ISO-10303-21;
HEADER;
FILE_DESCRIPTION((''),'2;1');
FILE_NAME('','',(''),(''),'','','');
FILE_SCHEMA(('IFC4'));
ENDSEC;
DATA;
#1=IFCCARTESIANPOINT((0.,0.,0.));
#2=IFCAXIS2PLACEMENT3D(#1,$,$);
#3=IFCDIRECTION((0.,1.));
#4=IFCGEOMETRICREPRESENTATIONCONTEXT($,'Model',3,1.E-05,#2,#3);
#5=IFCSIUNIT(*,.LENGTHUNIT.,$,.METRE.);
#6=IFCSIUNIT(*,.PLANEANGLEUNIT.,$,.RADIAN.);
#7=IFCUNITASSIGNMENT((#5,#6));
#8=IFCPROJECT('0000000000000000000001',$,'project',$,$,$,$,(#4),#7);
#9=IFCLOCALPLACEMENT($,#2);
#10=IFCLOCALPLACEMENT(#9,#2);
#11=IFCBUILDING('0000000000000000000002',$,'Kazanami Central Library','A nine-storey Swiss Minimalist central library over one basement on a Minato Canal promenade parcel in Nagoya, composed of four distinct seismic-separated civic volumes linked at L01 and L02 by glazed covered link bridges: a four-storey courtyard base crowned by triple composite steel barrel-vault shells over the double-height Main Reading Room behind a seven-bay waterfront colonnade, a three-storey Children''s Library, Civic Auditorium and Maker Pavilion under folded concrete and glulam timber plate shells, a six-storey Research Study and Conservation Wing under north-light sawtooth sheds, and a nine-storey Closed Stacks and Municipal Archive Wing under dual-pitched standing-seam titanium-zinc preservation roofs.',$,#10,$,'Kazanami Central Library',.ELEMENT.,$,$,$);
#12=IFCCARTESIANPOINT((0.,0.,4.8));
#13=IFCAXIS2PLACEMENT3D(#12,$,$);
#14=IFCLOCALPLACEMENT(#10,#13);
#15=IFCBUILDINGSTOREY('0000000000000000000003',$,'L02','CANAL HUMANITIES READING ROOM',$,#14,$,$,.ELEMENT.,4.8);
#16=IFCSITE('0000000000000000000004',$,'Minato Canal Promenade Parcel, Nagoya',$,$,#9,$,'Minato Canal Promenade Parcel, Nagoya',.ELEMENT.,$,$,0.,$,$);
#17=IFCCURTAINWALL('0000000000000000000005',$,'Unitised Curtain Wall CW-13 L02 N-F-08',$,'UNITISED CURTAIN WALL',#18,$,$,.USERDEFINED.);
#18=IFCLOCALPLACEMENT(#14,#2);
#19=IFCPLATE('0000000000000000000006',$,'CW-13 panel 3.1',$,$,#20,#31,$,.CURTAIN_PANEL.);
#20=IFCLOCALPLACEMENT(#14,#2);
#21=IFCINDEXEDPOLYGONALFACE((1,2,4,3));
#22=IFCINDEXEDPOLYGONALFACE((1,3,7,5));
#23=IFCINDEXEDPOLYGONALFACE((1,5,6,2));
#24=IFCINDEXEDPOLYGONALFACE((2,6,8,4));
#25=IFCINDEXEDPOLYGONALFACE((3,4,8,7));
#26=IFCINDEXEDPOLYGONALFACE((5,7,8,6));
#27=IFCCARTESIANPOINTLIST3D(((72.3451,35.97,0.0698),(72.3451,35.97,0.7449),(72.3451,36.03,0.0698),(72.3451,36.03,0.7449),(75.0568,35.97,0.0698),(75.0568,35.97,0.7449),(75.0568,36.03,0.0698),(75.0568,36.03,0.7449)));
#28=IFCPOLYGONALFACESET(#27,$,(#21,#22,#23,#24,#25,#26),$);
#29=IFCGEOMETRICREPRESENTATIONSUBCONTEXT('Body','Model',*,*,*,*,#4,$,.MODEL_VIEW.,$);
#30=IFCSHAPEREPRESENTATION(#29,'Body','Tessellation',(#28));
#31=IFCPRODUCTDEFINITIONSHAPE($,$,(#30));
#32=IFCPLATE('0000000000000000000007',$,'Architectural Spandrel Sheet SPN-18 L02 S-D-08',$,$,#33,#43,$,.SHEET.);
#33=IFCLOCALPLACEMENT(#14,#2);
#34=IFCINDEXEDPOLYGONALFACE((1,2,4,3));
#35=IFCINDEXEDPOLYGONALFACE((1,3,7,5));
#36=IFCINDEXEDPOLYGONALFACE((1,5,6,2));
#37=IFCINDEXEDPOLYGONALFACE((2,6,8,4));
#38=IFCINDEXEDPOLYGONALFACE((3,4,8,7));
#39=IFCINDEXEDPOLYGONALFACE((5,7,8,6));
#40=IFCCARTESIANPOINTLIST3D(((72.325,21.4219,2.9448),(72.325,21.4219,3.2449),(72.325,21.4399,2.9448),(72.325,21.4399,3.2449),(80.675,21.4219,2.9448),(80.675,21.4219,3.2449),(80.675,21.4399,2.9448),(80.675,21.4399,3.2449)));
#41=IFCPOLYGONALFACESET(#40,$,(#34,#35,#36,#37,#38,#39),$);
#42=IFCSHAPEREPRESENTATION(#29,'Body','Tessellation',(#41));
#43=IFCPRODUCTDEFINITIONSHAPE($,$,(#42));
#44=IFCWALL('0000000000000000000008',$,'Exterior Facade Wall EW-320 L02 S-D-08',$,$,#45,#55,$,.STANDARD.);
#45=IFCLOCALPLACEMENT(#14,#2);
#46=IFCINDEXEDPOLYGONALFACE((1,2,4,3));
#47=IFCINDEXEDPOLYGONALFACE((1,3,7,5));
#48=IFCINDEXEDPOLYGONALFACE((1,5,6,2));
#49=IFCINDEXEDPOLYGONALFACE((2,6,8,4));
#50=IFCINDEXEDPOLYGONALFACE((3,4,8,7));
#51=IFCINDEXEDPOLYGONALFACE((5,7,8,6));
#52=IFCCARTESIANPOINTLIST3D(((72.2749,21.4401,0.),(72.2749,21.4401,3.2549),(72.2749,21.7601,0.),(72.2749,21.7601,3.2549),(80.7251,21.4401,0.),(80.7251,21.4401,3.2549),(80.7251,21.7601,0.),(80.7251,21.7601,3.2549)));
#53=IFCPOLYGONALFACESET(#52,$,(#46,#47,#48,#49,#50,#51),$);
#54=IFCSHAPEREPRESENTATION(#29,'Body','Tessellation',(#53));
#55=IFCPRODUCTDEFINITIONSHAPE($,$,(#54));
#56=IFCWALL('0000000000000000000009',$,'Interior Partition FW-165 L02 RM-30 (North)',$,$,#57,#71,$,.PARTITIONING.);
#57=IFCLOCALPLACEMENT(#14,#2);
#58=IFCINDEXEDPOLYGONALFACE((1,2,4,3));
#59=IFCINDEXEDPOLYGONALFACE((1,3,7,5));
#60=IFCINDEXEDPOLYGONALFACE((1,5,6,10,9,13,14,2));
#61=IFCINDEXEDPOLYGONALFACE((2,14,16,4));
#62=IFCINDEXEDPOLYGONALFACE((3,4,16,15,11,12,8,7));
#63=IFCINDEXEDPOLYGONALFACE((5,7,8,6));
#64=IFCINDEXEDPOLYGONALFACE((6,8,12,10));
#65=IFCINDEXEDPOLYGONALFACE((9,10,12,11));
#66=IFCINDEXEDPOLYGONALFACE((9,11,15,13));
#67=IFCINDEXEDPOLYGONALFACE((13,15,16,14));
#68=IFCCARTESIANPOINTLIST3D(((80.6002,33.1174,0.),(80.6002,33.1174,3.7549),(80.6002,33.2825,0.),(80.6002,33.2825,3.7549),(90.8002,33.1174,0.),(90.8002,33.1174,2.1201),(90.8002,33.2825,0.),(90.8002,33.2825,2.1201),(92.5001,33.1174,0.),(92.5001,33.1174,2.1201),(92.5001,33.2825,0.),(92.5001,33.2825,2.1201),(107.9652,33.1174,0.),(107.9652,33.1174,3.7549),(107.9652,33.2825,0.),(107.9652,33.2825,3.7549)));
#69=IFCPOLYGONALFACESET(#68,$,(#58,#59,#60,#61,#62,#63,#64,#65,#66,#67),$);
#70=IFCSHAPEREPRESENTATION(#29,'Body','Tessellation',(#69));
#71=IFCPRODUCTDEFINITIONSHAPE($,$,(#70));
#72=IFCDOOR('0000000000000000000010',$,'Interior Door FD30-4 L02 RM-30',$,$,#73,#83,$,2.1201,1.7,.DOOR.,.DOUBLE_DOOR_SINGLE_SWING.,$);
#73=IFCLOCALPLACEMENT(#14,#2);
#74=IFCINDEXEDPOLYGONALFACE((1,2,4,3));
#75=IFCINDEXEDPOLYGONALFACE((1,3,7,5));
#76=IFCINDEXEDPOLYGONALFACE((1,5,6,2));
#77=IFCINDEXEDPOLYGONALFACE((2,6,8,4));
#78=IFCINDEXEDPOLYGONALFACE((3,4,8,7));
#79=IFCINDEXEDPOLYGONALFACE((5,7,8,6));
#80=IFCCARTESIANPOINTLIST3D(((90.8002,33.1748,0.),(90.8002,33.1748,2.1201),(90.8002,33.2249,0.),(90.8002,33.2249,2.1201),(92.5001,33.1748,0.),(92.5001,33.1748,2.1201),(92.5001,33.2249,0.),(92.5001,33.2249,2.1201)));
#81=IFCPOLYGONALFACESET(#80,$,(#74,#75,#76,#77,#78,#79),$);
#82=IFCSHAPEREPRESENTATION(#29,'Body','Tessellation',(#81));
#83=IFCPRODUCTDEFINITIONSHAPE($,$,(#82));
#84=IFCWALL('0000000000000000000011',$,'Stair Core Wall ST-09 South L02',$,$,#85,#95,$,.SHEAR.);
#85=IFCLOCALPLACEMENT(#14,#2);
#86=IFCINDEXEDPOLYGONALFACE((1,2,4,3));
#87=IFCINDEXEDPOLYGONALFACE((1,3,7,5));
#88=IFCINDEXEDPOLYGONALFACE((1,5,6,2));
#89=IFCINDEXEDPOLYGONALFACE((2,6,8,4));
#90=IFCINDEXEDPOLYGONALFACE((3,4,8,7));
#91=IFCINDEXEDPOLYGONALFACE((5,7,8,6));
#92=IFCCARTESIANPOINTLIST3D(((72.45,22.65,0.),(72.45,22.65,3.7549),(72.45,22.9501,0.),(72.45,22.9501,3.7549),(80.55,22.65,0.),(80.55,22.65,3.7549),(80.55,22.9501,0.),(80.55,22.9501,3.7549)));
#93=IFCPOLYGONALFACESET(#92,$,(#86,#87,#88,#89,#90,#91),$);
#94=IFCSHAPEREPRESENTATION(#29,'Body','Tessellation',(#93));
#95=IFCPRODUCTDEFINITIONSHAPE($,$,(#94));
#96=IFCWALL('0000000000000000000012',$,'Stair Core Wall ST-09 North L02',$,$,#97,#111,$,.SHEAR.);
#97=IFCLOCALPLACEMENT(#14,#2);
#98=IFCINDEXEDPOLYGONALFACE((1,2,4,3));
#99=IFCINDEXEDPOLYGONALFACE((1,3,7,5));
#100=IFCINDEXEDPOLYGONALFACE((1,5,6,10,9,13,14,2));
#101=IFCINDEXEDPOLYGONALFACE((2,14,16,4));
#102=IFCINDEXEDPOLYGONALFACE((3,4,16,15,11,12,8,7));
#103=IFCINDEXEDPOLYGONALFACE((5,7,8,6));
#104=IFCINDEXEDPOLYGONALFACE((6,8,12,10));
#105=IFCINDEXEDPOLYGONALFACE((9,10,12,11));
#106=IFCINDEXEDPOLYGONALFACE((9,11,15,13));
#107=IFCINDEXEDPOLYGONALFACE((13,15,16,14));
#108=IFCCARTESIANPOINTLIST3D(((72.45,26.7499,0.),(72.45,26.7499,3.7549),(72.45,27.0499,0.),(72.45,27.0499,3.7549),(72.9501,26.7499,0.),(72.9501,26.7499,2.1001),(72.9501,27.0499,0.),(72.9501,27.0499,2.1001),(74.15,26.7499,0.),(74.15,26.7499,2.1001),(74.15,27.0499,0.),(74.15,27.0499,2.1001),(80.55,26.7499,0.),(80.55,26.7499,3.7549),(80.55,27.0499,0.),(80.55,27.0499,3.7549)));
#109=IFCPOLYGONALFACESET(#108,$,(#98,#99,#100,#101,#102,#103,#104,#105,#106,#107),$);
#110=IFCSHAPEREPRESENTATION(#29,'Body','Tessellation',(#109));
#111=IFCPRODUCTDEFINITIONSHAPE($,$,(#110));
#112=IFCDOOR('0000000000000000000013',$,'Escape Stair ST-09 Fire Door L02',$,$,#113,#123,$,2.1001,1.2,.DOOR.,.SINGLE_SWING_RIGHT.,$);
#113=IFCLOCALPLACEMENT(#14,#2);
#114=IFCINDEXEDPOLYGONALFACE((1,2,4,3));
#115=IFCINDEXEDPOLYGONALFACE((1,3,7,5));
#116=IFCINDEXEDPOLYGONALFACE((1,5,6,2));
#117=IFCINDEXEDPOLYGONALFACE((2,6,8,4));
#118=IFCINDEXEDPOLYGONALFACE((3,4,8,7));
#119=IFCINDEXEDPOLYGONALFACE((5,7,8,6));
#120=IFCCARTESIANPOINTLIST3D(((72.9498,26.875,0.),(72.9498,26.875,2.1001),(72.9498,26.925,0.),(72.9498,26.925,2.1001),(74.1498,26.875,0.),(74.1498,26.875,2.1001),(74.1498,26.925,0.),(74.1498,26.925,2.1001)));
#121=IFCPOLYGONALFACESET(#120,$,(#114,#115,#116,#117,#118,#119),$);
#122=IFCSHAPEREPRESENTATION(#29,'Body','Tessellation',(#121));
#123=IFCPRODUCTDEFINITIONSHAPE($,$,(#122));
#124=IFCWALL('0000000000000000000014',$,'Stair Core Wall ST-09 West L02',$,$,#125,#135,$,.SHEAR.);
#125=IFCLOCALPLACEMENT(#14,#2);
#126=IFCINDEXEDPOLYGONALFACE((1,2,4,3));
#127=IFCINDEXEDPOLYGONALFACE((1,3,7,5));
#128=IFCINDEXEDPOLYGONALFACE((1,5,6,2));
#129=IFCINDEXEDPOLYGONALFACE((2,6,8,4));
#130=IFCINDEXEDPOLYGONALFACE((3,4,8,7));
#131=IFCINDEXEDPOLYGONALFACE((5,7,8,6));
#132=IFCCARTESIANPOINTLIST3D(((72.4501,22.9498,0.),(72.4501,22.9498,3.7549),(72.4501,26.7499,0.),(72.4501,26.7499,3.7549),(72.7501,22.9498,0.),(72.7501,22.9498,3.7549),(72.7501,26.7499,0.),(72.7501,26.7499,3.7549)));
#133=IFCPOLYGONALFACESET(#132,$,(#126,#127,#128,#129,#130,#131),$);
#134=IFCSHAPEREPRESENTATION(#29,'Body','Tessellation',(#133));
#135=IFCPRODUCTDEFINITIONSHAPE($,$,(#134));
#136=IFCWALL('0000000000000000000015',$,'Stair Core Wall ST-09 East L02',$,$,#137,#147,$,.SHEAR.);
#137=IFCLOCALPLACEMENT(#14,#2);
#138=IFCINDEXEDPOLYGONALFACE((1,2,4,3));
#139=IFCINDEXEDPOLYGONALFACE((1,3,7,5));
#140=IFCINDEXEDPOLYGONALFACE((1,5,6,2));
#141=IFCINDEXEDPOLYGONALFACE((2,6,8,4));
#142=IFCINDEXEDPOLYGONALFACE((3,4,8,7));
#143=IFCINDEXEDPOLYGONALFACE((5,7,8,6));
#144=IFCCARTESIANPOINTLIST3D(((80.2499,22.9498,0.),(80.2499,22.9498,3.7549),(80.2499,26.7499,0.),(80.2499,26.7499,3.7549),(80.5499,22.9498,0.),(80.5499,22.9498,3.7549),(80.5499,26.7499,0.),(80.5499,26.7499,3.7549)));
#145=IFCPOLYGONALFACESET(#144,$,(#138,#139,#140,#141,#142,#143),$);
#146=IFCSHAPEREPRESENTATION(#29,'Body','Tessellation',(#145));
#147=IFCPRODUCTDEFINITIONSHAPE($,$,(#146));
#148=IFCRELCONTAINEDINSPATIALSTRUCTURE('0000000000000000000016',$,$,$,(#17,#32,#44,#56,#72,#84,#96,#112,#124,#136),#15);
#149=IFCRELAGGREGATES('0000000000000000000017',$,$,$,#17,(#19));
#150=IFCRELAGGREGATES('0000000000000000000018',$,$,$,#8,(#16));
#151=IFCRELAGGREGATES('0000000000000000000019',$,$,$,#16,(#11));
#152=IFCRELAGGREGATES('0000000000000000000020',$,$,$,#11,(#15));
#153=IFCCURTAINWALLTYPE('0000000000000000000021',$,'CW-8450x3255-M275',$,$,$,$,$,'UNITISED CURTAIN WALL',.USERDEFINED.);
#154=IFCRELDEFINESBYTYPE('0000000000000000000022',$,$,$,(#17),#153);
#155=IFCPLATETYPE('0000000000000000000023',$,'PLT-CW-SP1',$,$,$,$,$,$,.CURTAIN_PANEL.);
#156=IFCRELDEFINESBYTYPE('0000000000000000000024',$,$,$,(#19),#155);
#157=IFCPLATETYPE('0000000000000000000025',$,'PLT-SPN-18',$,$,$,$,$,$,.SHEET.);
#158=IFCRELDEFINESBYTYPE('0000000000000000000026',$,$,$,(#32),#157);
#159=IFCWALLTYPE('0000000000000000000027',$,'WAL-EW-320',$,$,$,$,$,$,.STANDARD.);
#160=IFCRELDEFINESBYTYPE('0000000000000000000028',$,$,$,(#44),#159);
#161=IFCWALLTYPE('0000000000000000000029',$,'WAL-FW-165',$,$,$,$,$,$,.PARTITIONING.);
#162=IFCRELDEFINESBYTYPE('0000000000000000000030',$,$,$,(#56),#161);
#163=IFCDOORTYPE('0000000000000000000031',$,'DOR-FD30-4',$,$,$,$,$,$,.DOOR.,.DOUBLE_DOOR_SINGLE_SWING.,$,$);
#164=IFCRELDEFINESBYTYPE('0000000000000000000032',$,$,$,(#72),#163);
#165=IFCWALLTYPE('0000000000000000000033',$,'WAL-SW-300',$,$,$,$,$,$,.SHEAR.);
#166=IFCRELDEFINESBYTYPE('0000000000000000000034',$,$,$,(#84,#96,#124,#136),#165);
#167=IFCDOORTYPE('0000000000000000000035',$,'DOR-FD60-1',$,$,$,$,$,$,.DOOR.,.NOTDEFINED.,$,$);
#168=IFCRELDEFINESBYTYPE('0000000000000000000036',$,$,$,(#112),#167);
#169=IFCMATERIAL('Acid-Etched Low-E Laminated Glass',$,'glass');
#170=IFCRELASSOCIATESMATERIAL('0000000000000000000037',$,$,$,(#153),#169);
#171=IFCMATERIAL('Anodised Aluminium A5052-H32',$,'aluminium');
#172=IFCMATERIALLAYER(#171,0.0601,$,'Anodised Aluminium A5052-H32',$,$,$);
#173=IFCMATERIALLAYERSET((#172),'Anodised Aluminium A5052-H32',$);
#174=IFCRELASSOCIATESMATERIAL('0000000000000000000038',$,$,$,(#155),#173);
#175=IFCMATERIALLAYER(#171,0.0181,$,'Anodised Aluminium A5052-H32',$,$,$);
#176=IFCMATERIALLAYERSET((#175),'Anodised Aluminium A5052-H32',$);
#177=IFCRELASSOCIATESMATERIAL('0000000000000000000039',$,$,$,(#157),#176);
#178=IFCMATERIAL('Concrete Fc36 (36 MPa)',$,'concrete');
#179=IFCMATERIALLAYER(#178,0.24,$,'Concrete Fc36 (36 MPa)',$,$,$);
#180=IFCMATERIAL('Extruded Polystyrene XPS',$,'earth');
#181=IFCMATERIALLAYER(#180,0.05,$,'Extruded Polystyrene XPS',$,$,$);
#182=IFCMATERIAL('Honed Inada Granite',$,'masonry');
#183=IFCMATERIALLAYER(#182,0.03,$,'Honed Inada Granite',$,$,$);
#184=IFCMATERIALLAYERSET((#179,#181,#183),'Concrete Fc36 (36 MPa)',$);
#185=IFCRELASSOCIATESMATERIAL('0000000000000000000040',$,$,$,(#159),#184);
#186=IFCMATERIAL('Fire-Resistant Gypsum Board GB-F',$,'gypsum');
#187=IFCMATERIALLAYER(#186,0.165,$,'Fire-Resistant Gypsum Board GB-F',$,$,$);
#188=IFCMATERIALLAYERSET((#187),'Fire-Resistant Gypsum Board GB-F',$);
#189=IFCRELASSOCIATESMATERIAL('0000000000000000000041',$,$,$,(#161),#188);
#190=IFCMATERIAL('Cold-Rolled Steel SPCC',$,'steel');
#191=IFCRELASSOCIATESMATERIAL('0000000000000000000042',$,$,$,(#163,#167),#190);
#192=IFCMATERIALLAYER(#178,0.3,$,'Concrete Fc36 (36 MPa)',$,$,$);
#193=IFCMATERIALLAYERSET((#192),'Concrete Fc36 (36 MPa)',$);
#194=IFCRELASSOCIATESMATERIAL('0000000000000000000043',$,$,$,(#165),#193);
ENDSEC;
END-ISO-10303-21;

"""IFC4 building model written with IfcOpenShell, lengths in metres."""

from ifc_helpers import new_model, si_unit, direction, frame, frame_2d, origin, origin_2d, place, context, subcontext, project, spatial, rectangle, extrude, material, layer, layer_set, type_object, element, fill, aggregate, save


model = new_model("IFC4")

# Units and contexts
model_context = context("Model", 3, precision=1e-05, world=origin(), true_north=direction((0.0, 1.0)))
body_context = subcontext(model_context, "Body", "Model", "MODEL_VIEW")
ifc_project = project(units=[si_unit("LENGTHUNIT", "METRE"), si_unit("PLANEANGLEUNIT", "RADIAN")], contexts=[model_context])

# Site, building, storey
site_placement = place(None, origin())
site = spatial("IfcSite", under=ifc_project, at=site_placement, Name="Minato Canal Promenade Parcel, Nagoya", LongName="Minato Canal Promenade Parcel, Nagoya", CompositionType="ELEMENT", RefElevation=0.0)
building_placement = place(site_placement, origin())
building = spatial("IfcBuilding", under=site, at=building_placement, Name="Kazanami Central Library", Description="A nine-storey Swiss Minimalist central library over one basement on a Minato Canal promenade parcel in Nagoya, composed of four distinct seismic-separated civic volumes linked at L01 and L02 by glazed covered link bridges: a four-storey courtyard base crowned by triple composite steel barrel-vault shells over the double-height Main Reading Room behind a seven-bay waterfront colonnade, a three-storey Children's Library, Civic Auditorium and Maker Pavilion under folded concrete and glulam timber plate shells, a six-storey Research Study and Conservation Wing under north-light sawtooth sheds, and a nine-storey Closed Stacks and Municipal Archive Wing under dual-pitched standing-seam titanium-zinc preservation roofs.", LongName="Kazanami Central Library", CompositionType="ELEMENT")
storey_placement = place(building_placement, frame((0.0, 0.0, 4.8)))
storey = spatial("IfcBuildingStorey", under=building, at=storey_placement, Name="L02", Description="CANAL HUMANITIES READING ROOM", CompositionType="ELEMENT", Elevation=4.8)

# Curtain wall, plate
ifc_material_1 = material(Name="Acid-Etched Low-E Laminated Glass", Category="glass")
curtain_wall_type = type_object("IfcCurtainWallType", Name="CW-8450x3255-M275", ElementType="UNITISED CURTAIN WALL", PredefinedType="USERDEFINED", material=ifc_material_1)
curtain_wall_placement = place(storey_placement, origin())
curtain_wall = element("IfcCurtainWall", 1, at=curtain_wall_placement, inside=storey, type_object=curtain_wall_type, Name="Unitised Curtain Wall CW-13 L02 N-F-08", ObjectType="UNITISED CURTAIN WALL", PredefinedType="USERDEFINED")
ifc_material_2 = material(Name="Anodised Aluminium A5052-H32", Category="aluminium")
ifc_layer_1 = layer(ifc_material_2, 0.0601, Name="Anodised Aluminium A5052-H32")
ifc_layer_set_1 = layer_set([ifc_layer_1], Name="Anodised Aluminium A5052-H32")
plate_type_1 = type_object("IfcPlateType", Name="PLT-CW-SP1", PredefinedType="CURTAIN_PANEL", material=ifc_layer_set_1)
plate_1_placement = place(storey_placement, frame((73.7009, 36.0, 0.0698), z_axis=(0.0, 0.0, 1.0), x_axis=(-1.0, 0.0, 0.0)))
plate_1 = element("IfcPlate", 2, at=plate_1_placement, type_object=plate_type_1, Name="CW-13 panel 3.1", PredefinedType="CURTAIN_PANEL", context=body_context, shape_type="SweptSolid", body=[
    extrude(rectangle(XDim=2.7117, YDim=0.0601, at=origin_2d()), origin(), (0.0, 0.0, 1.0), 0.675),
])
aggregate(curtain_wall, [plate_1])

# Plate
ifc_layer_2 = layer(ifc_material_2, 0.0181, Name="Anodised Aluminium A5052-H32")
ifc_layer_set_2 = layer_set([ifc_layer_2], Name="Anodised Aluminium A5052-H32")
plate_type_2 = type_object("IfcPlateType", Name="PLT-SPN-18", PredefinedType="SHEET", material=ifc_layer_set_2)
plate_2_placement = place(storey_placement, frame((76.5, 21.4309, 2.9448), z_axis=(0.0, 0.0, 1.0), x_axis=(1.0, 0.0, 0.0)))
element("IfcPlate", 3, at=plate_2_placement, inside=storey, type_object=plate_type_2, Name="Architectural Spandrel Sheet SPN-18 L02 S-D-08", PredefinedType="SHEET", context=body_context, shape_type="SweptSolid", body=[
    extrude(rectangle(XDim=8.3501, YDim=0.0181, at=origin_2d()), origin(), (0.0, 0.0, 1.0), 0.3),
])

# Wall
ifc_material_3 = material(Name="Concrete Fc36 (36 MPa)", Category="concrete")
ifc_layer_3 = layer(ifc_material_3, 0.24, Name="Concrete Fc36 (36 MPa)")
ifc_material_4 = material(Name="Extruded Polystyrene XPS", Category="earth")
ifc_layer_4 = layer(ifc_material_4, 0.05, Name="Extruded Polystyrene XPS")
ifc_material_5 = material(Name="Honed Inada Granite", Category="masonry")
ifc_layer_5 = layer(ifc_material_5, 0.03, Name="Honed Inada Granite")
ifc_layer_set_3 = layer_set([ifc_layer_3, ifc_layer_4, ifc_layer_5], Name="Concrete Fc36 (36 MPa)")
wall_type_1 = type_object("IfcWallType", Name="WAL-EW-320", PredefinedType="STANDARD", material=ifc_layer_set_3)
wall_1_placement = place(storey_placement, frame((72.2749, 21.6001, 0.0), z_axis=(0.0, 0.0, 1.0), x_axis=(1.0, 0.0, 0.0)))
element("IfcWall", 4, at=wall_1_placement, inside=storey, type_object=wall_type_1, Name="Exterior Facade Wall EW-320 L02 S-D-08", PredefinedType="STANDARD", context=body_context, shape_type="SweptSolid", body=[
    extrude(rectangle(XDim=8.4502, YDim=0.3201, at=frame_2d((4.2251, 0.0))), origin(), (0.0, 0.0, 1.0), 3.2549),
])

# Wall, opening, door
ifc_material_6 = material(Name="Fire-Resistant Gypsum Board GB-F", Category="gypsum")
ifc_layer_6 = layer(ifc_material_6, 0.165, Name="Fire-Resistant Gypsum Board GB-F")
ifc_layer_set_4 = layer_set([ifc_layer_6], Name="Fire-Resistant Gypsum Board GB-F")
wall_type_2 = type_object("IfcWallType", Name="WAL-FW-165", PredefinedType="PARTITIONING", material=ifc_layer_set_4)
wall_2_placement = place(storey_placement, frame((80.6001, 33.2, 0.0), z_axis=(0.0, 0.0, 1.0), x_axis=(1.0, 0.0, 0.0)))
wall_2 = element("IfcWall", 5, at=wall_2_placement, inside=storey, type_object=wall_type_2, Name="Interior Partition FW-165 L02 RM-30 (North)", PredefinedType="PARTITIONING", context=body_context, shape_type="SweptSolid", body=[
    extrude(rectangle(XDim=27.365, YDim=0.165, at=frame_2d((13.6826, 0.0))), origin(), (0.0, 0.0, 1.0), 3.7549),
])
opening_1_placement = place(wall_2_placement, frame((10.2, 0.0, 0.0)))
opening_1 = element("IfcOpeningElement", 6, at=opening_1_placement, cuts=wall_2, PredefinedType="OPENING", context=body_context, shape_type="SweptSolid", body=[
    extrude(rectangle(XDim=1.7, YDim=2.1201, at=frame_2d((0.8501, 1.0601))), frame((0.0, 0.0945, 0.0), z_axis=(0.0, -1.0, 0.0), x_axis=(1.0, 0.0, 0.0)), (0.0, 0.0, 1.0), 0.189),
])
ifc_material_7 = material(Name="Cold-Rolled Steel SPCC", Category="steel")
door_type_1 = type_object("IfcDoorType", Name="DOR-FD30-4", OperationType="DOUBLE_DOOR_SINGLE_SWING", PredefinedType="DOOR", material=ifc_material_7)
door_1_placement = place(opening_1_placement, origin())
door_1 = element("IfcDoor", 7, at=door_1_placement, inside=storey, type_object=door_type_1, Name="Interior Door FD30-4 L02 RM-30", OperationType="DOUBLE_DOOR_SINGLE_SWING", OverallHeight=2.1201, OverallWidth=1.7, PredefinedType="DOOR", context=body_context, shape_type="SweptSolid", body=[
    extrude(rectangle(XDim=1.7, YDim=2.1201, at=frame_2d((0.8501, 1.0601))), frame((0.0, 0.0249, 0.0), z_axis=(0.0, -1.0, 0.0), x_axis=(1.0, 0.0, 0.0)), (0.0, 0.0, 1.0), 0.05),
])
fill(opening_1, door_1)

# Wall
ifc_layer_7 = layer(ifc_material_3, 0.3, Name="Concrete Fc36 (36 MPa)")
ifc_layer_set_5 = layer_set([ifc_layer_7], Name="Concrete Fc36 (36 MPa)")
wall_type_3 = type_object("IfcWallType", Name="WAL-SW-300", PredefinedType="SHEAR", material=ifc_layer_set_5)
wall_3_placement = place(storey_placement, frame((72.45, 22.8, 0.0), z_axis=(0.0, 0.0, 1.0), x_axis=(1.0, 0.0, 0.0)))
element("IfcWall", 8, at=wall_3_placement, inside=storey, type_object=wall_type_3, Name="Stair Core Wall ST-09 South L02", PredefinedType="SHEAR", context=body_context, shape_type="SweptSolid", body=[
    extrude(rectangle(XDim=8.1001, YDim=0.3, at=frame_2d((4.05, 0.0))), origin(), (0.0, 0.0, 1.0), 3.7549),
])

# Wall, opening, door
wall_4_placement = place(storey_placement, frame((72.45, 26.8999, 0.0), z_axis=(0.0, 0.0, 1.0), x_axis=(1.0, 0.0, 0.0)))
wall_4 = element("IfcWall", 9, at=wall_4_placement, inside=storey, type_object=wall_type_3, Name="Stair Core Wall ST-09 North L02", PredefinedType="SHEAR", context=body_context, shape_type="SweptSolid", body=[
    extrude(rectangle(XDim=8.1001, YDim=0.3, at=frame_2d((4.05, 0.0))), origin(), (0.0, 0.0, 1.0), 3.7549),
])
opening_2_placement = place(wall_4_placement, frame((0.5, 0.0, 0.0)))
opening_2 = element("IfcOpeningElement", 10, at=opening_2_placement, cuts=wall_4, PredefinedType="OPENING", context=body_context, shape_type="SweptSolid", body=[
    extrude(rectangle(XDim=1.2, YDim=2.1001, at=frame_2d((0.6001, 1.05))), frame((0.0, 0.1621, 0.0), z_axis=(0.0, -1.0, 0.0), x_axis=(1.0, 0.0, 0.0)), (0.0, 0.0, 1.0), 0.324),
])
door_type_2 = type_object("IfcDoorType", Name="DOR-FD60-1", OperationType="NOTDEFINED", PredefinedType="DOOR", material=ifc_material_7)
door_2_placement = place(opening_2_placement, frame((1.2, 0.0, 0.0), z_axis=(0.0, 0.0, 1.0), x_axis=(-1.0, 0.0, 0.0)))
door_2 = element("IfcDoor", 11, at=door_2_placement, inside=storey, type_object=door_type_2, Name="Escape Stair ST-09 Fire Door L02", OperationType="SINGLE_SWING_RIGHT", OverallHeight=2.1001, OverallWidth=1.2, PredefinedType="DOOR", context=body_context, shape_type="SweptSolid", body=[
    extrude(rectangle(XDim=1.2, YDim=2.1001, at=frame_2d((0.6001, 1.05))), frame((0.0, 0.0249, 0.0), z_axis=(0.0, -1.0, 0.0), x_axis=(1.0, 0.0, 0.0)), (0.0, 0.0, 1.0), 0.05),
])
fill(opening_2, door_2)

# Walls
for number, where, z_axis, x_axis, name in (
    (12, (72.6001, 22.95, 0.0), (0.0, 0.0, 1.0), (0.0, 1.0, 0.0), "Stair Core Wall ST-09 West L02"),
    (13, (80.3999, 22.95, 0.0), (0.0, 0.0, 1.0), (0.0, 1.0, 0.0), "Stair Core Wall ST-09 East L02"),
):
    element("IfcWall", number, at=place(storey_placement, frame(where, z_axis=z_axis, x_axis=x_axis)), inside=storey, type_object=wall_type_3, Name=name, PredefinedType="SHEAR", context=body_context, shape_type="SweptSolid", body=[
        extrude(rectangle(XDim=3.8, YDim=0.3, at=frame_2d((1.8999, 0.0))), origin(), (0.0, 0.0, 1.0), 3.7549),
    ])

save(model, "model.ifc")
